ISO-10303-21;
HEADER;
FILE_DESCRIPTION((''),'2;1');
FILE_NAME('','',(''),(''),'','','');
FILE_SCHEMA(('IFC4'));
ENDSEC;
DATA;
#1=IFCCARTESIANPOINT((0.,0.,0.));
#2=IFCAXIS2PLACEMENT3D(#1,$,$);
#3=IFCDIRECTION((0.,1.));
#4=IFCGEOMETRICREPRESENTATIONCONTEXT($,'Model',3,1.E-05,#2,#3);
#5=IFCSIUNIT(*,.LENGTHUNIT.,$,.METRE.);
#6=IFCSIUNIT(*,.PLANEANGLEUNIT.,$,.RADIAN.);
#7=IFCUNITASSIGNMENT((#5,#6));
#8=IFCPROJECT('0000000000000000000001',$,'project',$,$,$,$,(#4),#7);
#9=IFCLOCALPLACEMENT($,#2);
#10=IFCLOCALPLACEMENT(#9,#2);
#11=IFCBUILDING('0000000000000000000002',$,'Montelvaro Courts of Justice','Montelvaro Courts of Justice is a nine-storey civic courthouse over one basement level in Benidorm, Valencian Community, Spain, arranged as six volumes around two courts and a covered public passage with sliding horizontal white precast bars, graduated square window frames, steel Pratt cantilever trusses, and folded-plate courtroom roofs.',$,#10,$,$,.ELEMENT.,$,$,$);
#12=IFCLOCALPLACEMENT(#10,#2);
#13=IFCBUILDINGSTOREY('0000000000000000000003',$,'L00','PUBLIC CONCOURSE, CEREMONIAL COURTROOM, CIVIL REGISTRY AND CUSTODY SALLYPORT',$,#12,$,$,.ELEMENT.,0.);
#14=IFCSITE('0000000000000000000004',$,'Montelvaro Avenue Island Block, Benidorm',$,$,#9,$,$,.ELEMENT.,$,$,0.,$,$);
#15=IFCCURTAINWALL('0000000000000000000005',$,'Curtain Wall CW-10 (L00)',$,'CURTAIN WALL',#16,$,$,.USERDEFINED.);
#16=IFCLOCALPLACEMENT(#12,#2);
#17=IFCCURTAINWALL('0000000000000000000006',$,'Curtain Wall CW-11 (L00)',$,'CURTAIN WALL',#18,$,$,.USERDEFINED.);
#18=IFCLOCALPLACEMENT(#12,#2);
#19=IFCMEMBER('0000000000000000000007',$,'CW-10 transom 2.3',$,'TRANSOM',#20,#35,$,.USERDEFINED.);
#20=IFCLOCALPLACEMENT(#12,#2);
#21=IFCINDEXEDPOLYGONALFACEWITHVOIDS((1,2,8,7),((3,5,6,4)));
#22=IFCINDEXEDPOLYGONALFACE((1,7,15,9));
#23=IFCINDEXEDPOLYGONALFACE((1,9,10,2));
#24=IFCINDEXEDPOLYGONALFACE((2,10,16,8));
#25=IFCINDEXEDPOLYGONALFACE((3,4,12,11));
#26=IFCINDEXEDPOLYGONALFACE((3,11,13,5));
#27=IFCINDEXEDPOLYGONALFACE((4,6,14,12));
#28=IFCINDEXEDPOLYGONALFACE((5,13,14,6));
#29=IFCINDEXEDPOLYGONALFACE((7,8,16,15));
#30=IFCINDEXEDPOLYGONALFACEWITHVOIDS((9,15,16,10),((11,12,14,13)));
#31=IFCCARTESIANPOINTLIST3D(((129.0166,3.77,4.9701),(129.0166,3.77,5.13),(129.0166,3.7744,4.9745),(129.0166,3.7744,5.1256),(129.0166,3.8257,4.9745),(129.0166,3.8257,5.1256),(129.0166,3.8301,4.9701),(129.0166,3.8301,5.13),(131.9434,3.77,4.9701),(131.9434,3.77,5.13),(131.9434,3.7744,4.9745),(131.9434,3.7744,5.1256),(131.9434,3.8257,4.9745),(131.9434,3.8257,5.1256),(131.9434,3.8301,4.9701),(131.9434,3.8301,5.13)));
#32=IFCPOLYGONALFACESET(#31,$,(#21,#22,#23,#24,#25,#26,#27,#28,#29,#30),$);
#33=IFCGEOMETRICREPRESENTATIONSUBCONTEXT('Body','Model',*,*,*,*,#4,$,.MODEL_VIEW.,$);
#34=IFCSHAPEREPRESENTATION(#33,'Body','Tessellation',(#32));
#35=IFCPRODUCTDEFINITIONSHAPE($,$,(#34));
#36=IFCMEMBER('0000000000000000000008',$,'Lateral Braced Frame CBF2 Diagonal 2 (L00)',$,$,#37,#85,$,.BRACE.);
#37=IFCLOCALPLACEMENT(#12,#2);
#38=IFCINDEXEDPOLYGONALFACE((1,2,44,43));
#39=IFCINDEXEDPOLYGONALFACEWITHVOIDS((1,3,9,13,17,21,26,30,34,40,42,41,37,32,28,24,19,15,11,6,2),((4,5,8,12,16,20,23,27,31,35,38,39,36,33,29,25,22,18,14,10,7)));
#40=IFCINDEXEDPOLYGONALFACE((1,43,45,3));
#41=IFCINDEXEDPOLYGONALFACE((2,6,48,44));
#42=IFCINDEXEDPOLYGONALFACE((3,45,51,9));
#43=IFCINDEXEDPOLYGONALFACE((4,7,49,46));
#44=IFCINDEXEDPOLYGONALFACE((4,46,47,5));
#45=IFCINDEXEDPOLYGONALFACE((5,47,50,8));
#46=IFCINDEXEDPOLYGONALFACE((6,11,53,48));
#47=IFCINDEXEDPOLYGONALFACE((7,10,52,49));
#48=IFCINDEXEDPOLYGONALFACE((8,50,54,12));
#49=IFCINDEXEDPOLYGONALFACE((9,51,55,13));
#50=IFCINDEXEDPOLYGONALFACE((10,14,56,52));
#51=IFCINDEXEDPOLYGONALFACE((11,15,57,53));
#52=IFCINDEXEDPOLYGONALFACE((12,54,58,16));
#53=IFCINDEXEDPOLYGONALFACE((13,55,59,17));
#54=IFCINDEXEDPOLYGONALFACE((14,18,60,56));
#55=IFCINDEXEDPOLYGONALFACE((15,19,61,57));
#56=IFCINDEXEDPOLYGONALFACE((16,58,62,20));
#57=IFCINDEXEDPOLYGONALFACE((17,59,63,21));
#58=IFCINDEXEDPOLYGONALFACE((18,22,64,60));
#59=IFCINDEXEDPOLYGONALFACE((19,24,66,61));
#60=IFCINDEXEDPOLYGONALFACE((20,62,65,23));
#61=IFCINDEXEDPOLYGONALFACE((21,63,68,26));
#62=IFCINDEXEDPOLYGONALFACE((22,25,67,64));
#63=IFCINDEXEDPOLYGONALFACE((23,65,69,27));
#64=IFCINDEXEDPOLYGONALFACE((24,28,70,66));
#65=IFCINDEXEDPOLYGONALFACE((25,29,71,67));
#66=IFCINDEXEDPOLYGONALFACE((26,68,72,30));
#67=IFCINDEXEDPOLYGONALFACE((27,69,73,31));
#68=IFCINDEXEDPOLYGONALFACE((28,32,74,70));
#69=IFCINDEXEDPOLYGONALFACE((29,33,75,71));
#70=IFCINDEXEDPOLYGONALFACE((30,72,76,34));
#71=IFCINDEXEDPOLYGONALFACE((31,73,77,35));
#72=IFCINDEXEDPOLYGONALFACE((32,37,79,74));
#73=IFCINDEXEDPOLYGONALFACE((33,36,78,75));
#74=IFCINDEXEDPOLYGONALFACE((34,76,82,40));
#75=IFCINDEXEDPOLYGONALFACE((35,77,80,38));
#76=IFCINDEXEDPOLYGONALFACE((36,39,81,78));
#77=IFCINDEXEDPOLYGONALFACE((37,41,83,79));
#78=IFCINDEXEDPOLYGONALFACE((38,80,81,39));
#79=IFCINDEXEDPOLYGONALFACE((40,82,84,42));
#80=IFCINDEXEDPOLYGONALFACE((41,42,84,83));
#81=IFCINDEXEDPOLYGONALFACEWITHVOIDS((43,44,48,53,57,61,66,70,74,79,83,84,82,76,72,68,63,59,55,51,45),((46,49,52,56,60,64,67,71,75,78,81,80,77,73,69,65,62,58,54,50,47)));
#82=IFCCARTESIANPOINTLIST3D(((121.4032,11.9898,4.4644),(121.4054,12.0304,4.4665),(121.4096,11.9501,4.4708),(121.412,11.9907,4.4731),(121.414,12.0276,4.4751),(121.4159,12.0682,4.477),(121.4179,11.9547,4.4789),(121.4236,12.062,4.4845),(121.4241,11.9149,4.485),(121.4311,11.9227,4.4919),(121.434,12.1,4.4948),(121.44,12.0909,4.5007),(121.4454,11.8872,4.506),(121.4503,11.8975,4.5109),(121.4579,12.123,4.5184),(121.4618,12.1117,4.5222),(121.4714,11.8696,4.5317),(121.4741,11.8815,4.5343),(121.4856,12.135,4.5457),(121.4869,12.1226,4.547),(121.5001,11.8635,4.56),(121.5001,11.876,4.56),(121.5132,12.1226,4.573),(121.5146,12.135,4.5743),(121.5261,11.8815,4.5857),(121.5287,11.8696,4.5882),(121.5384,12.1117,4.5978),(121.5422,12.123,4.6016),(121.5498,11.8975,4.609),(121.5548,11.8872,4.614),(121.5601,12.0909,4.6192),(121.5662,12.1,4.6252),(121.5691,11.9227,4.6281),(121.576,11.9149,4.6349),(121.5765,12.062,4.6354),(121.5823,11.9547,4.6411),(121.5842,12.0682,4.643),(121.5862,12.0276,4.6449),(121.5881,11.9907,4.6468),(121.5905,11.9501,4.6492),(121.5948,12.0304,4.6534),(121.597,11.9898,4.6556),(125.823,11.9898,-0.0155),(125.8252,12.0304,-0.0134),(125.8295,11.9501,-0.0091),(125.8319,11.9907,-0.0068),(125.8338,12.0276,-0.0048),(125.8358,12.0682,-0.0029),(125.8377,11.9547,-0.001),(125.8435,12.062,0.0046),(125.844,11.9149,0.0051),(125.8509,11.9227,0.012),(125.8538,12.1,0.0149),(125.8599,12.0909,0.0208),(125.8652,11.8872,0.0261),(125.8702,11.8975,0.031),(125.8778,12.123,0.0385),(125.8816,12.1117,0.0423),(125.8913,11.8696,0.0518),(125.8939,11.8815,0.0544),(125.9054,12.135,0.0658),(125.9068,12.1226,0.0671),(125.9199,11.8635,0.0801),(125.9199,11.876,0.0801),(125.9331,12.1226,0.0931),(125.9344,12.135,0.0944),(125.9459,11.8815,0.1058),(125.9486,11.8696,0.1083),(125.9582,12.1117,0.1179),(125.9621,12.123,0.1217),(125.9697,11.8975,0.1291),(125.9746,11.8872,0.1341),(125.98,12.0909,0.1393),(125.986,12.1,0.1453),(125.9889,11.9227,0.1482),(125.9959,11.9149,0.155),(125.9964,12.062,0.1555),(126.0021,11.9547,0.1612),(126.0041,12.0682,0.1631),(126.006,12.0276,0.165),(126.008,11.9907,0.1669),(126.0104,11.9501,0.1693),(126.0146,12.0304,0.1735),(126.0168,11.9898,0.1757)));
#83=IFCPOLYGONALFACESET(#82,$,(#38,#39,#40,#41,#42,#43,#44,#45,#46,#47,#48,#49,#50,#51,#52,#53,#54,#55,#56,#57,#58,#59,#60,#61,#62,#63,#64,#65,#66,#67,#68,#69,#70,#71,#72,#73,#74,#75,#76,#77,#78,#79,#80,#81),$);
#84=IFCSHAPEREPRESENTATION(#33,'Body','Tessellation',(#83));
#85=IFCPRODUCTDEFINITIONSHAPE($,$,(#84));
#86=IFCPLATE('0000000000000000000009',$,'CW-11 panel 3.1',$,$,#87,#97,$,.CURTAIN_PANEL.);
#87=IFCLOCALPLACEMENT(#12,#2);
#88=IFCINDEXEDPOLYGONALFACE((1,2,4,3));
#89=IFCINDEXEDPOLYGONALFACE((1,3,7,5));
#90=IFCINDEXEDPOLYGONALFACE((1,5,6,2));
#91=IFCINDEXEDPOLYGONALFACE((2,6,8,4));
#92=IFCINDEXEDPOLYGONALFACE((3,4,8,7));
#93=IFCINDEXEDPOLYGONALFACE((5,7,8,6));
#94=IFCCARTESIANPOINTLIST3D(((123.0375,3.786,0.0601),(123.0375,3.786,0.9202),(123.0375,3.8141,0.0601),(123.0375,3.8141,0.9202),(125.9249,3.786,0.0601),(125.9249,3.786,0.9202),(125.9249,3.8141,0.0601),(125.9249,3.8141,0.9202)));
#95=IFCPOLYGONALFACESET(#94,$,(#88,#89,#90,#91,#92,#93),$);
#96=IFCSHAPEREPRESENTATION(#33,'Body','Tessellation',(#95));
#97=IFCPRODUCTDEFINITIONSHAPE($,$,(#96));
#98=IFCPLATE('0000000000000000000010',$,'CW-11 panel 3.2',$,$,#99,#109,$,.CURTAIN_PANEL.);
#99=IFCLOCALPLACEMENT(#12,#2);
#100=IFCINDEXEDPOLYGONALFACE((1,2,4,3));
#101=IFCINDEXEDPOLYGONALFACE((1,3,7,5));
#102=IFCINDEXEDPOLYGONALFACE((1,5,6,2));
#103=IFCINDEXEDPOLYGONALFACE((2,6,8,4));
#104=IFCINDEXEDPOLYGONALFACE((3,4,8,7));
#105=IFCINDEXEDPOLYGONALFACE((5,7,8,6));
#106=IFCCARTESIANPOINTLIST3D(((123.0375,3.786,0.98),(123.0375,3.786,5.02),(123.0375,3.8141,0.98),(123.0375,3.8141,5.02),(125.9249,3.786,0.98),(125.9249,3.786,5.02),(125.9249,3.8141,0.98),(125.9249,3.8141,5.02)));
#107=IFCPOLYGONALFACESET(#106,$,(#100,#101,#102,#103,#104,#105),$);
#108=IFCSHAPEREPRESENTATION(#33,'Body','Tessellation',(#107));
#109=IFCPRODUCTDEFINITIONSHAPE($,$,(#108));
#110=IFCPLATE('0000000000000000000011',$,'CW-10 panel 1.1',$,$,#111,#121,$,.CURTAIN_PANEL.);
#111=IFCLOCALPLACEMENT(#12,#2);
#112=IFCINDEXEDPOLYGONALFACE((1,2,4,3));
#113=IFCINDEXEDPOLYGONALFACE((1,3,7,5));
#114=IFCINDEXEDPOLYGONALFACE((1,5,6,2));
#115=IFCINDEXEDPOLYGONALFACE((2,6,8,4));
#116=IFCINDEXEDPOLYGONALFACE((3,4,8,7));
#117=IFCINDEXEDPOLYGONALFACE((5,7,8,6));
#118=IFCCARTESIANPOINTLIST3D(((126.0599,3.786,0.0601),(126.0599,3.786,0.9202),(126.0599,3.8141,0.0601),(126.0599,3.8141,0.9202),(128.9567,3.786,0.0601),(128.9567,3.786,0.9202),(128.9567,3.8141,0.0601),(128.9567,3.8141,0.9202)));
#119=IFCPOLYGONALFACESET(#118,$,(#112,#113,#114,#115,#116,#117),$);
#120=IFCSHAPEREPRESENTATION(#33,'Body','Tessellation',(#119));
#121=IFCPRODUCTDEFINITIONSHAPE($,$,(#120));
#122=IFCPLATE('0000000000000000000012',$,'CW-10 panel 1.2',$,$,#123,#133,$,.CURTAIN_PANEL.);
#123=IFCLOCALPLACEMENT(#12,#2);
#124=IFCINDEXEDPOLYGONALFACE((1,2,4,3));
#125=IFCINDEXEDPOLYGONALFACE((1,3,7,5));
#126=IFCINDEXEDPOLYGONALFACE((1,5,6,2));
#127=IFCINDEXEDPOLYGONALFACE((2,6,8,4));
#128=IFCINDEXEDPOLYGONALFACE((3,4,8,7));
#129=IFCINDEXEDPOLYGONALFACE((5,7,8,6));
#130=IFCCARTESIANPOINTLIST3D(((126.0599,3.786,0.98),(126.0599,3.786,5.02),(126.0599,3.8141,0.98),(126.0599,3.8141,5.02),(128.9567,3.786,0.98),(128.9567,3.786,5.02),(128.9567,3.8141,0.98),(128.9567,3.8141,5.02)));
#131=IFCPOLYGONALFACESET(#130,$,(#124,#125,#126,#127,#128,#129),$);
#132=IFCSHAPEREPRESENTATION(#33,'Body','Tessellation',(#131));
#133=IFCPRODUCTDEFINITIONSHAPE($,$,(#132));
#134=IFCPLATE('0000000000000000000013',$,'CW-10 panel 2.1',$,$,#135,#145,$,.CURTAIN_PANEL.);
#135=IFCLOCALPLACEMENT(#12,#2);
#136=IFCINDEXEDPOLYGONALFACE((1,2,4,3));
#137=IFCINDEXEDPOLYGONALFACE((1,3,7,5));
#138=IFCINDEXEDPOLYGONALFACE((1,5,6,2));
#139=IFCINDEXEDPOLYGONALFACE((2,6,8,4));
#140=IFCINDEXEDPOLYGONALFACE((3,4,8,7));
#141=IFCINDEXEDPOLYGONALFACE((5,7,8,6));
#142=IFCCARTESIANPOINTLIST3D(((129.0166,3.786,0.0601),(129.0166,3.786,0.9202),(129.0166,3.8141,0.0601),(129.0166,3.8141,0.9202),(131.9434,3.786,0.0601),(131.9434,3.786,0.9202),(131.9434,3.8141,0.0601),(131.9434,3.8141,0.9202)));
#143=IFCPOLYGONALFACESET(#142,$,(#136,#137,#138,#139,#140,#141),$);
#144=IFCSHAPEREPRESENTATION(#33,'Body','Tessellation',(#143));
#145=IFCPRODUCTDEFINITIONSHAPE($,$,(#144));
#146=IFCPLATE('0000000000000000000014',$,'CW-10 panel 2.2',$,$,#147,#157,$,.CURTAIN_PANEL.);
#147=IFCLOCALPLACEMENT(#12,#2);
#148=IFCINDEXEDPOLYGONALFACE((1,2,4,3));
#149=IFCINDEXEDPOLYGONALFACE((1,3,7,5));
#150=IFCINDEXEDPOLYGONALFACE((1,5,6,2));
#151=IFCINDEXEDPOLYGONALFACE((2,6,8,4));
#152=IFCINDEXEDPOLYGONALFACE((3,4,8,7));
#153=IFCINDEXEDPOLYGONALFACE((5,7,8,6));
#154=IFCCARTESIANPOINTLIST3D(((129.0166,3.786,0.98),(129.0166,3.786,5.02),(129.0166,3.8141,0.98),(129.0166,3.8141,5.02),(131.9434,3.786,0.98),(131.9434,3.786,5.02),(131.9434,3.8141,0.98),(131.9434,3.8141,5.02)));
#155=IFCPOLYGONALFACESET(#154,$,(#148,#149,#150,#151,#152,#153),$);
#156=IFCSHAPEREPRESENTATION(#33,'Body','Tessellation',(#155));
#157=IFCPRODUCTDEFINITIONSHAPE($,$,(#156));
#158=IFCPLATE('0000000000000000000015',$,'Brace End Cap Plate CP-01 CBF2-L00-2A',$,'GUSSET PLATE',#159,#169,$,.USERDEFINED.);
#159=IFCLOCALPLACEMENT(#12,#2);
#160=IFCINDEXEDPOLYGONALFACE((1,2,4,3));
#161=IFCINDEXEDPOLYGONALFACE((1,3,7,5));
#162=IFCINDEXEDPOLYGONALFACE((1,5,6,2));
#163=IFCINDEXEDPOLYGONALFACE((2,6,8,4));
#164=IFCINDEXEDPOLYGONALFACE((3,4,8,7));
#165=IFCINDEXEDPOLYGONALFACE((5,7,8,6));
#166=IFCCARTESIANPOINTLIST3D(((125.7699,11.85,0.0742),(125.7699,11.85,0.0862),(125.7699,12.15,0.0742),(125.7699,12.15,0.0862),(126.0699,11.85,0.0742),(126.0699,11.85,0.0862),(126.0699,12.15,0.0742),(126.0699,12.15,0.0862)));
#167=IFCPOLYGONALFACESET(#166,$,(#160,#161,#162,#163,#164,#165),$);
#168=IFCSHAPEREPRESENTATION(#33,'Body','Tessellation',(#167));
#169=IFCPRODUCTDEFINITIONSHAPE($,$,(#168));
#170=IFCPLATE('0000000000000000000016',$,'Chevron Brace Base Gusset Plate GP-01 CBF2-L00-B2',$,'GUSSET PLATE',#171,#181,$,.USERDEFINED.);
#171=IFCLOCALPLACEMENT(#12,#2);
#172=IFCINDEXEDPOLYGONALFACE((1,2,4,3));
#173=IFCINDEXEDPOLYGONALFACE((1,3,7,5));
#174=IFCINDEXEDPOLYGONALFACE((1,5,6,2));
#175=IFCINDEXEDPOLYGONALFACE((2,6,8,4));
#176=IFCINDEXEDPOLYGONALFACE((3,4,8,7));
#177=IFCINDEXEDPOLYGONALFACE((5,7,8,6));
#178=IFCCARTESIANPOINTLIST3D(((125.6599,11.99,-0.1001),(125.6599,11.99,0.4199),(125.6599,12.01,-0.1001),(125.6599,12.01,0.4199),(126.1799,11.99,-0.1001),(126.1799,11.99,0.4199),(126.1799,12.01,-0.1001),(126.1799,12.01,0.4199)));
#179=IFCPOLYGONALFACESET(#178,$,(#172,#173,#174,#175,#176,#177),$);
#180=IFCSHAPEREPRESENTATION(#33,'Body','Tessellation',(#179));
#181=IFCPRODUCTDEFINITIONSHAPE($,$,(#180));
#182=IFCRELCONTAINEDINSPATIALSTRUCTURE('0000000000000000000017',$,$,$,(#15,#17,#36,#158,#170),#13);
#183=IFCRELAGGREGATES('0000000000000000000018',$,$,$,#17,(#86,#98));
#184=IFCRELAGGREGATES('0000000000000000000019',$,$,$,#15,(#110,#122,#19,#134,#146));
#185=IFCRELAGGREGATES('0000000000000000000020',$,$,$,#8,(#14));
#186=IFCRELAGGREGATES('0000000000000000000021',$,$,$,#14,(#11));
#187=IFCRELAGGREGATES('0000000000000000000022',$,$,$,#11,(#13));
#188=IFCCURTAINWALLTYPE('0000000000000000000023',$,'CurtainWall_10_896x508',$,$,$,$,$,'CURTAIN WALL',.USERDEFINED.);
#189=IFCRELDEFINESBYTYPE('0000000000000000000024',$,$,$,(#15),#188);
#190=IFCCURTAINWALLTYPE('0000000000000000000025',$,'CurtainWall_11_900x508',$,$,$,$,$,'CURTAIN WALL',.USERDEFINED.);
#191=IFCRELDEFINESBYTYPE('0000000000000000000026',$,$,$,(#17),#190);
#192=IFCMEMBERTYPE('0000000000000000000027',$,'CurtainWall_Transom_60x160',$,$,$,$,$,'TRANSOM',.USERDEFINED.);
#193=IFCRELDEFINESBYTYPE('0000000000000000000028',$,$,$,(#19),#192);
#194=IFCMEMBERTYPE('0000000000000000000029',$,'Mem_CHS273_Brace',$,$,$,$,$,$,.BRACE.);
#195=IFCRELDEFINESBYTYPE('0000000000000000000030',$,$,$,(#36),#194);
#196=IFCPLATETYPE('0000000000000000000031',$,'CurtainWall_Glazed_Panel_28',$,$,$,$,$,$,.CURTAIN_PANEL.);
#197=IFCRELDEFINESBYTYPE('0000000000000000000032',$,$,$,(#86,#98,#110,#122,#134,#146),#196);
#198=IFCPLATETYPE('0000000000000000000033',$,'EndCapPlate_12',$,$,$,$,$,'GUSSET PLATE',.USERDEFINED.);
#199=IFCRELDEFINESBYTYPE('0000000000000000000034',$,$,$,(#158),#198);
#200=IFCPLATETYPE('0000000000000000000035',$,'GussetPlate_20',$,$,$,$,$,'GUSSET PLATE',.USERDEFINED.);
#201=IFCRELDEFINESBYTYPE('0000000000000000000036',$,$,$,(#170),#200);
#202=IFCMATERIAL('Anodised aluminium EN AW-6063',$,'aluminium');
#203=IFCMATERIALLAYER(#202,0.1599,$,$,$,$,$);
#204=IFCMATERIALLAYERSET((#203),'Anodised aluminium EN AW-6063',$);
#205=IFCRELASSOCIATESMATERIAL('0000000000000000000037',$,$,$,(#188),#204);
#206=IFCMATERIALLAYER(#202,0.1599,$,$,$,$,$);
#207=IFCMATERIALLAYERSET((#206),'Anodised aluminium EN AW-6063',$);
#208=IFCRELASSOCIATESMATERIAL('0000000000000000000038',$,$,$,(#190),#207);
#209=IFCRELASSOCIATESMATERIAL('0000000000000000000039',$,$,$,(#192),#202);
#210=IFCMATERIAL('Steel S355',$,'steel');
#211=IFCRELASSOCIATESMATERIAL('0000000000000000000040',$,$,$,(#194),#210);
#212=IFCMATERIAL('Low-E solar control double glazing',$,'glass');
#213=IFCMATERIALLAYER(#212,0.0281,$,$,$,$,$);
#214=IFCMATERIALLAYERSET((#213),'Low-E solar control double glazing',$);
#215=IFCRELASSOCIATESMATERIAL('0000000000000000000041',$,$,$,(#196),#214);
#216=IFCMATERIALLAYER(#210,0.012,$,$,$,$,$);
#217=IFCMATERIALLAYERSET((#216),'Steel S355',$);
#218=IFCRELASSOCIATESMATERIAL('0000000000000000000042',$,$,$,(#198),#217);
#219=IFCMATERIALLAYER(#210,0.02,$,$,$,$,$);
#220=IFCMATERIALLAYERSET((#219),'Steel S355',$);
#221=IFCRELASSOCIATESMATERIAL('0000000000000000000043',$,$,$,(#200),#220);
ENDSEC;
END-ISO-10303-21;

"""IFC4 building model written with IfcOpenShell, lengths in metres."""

from ifc_helpers import new_model, si_unit, direction, frame, origin, origin_2d, place, context, subcontext, project, spatial, rectangle, hollow_rectangle, hollow_circle, extrude, material, layer, layer_set, material_profile, profile_set, type_object, element, aggregate, save


model = new_model("IFC4")

# Units and contexts
model_context = context("Model", 3, precision=1e-05, world=origin(), true_north=direction((0.0, 1.0)))
body_context = subcontext(model_context, "Body", "Model", "MODEL_VIEW")
ifc_project = project(units=[si_unit("LENGTHUNIT", "METRE"), si_unit("PLANEANGLEUNIT", "RADIAN")], contexts=[model_context])

# Site, building, storey
site_placement = place(None, origin())
site = spatial("IfcSite", under=ifc_project, at=site_placement, Name="Montelvaro Avenue Island Block, Benidorm", CompositionType="ELEMENT", RefElevation=0.0)
building_placement = place(site_placement, origin())
building = spatial("IfcBuilding", under=site, at=building_placement, Name="Montelvaro Courts of Justice", Description="Montelvaro Courts of Justice is a nine-storey civic courthouse over one basement level in Benidorm, Valencian Community, Spain, arranged as six volumes around two courts and a covered public passage with sliding horizontal white precast bars, graduated square window frames, steel Pratt cantilever trusses, and folded-plate courtroom roofs.", CompositionType="ELEMENT")
storey_placement = place(building_placement, origin())
storey = spatial("IfcBuildingStorey", under=building, at=storey_placement, Name="L00", Description="PUBLIC CONCOURSE, CEREMONIAL COURTROOM, CIVIL REGISTRY AND CUSTODY SALLYPORT", CompositionType="ELEMENT", Elevation=0.0)

# Shared definitions
ifc_material_1 = material(Name="Steel S355", Category="steel")

# Curtain walls
ifc_material_2 = material(Name="Anodised aluminium EN AW-6063", Category="aluminium")
ifc_layer_1 = layer(ifc_material_2, 0.1599)
ifc_layer_set_1 = layer_set([ifc_layer_1], Name="Anodised aluminium EN AW-6063")
curtain_wall_type_1 = type_object("IfcCurtainWallType", Name="CurtainWall_10_896x508", ElementType="CURTAIN WALL", PredefinedType="USERDEFINED", material=ifc_layer_set_1)
curtain_wall_1_placement = place(storey_placement, origin())
curtain_wall_1 = element("IfcCurtainWall", 1, at=curtain_wall_1_placement, inside=storey, type_object=curtain_wall_type_1, Name="Curtain Wall CW-10 (L00)", ObjectType="CURTAIN WALL", PredefinedType="USERDEFINED")
ifc_layer_2 = layer(ifc_material_2, 0.1599)
ifc_layer_set_2 = layer_set([ifc_layer_2], Name="Anodised aluminium EN AW-6063")
curtain_wall_type_2 = type_object("IfcCurtainWallType", Name="CurtainWall_11_900x508", ElementType="CURTAIN WALL", PredefinedType="USERDEFINED", material=ifc_layer_set_2)
curtain_wall_2_placement = place(storey_placement, origin())
curtain_wall_2 = element("IfcCurtainWall", 2, at=curtain_wall_2_placement, inside=storey, type_object=curtain_wall_type_2, Name="Curtain Wall CW-11 (L00)", ObjectType="CURTAIN WALL", PredefinedType="USERDEFINED")

# Members
ifc_material_profile_1 = material_profile(ifc_material_2, hollow_rectangle(XDim=0.0601, YDim=0.1599, WallThickness=0.0044, at=origin_2d()), Name="ALU-T 60x160")
ifc_profile_set_1 = profile_set([ifc_material_profile_1], Name="Anodised aluminium EN AW-6063")
member_type_1 = type_object("IfcMemberType", Name="CurtainWall_Transom_60x160", ElementType="TRANSOM", PredefinedType="USERDEFINED", material=ifc_profile_set_1)
member_1_placement = place(storey_placement, frame((129.0166, 3.8, 5.05), z_axis=(1.0, 0.0, 0.0), x_axis=(0.0, 1.0, 0.0)))
member_1 = element("IfcMember", 3, at=member_1_placement, type_object=member_type_1, Name="CW-10 transom 2.3", ObjectType="TRANSOM", PredefinedType="USERDEFINED", context=body_context, shape_type="SweptSolid", body=[
    extrude(hollow_rectangle(XDim=0.0601, YDim=0.1599, WallThickness=0.0044, at=origin_2d()), origin(), (0.0, 0.0, 1.0), 2.9268),
])
ifc_material_profile_2 = material_profile(ifc_material_1, hollow_circle(Radius=0.1365, WallThickness=0.0125, at=origin_2d()), Name="CHS 273x12.5")
ifc_profile_set_2 = profile_set([ifc_material_profile_2], Name="Steel S355")
member_type_2 = type_object("IfcMemberType", Name="Mem_CHS273_Brace", PredefinedType="BRACE", material=ifc_profile_set_2)
member_2_placement = place(storey_placement, frame((125.9199, 12.0, 0.0801), z_axis=(-0.702319, 0.0, 0.711862), x_axis=(0.0, -1.0, 0.0)))
element("IfcMember", 4, at=member_2_placement, inside=storey, type_object=member_type_2, Name="Lateral Braced Frame CBF2 Diagonal 2 (L00)", PredefinedType="BRACE", context=body_context, shape_type="SweptSolid", body=[
    extrude(hollow_circle(Radius=0.1365, WallThickness=0.0125, at=origin_2d()), origin(), (0.0, 0.0, 1.0), 6.2932),
])

# Plates
ifc_material_3 = material(Name="Low-E solar control double glazing", Category="glass")
ifc_layer_3 = layer(ifc_material_3, 0.0281)
ifc_layer_set_3 = layer_set([ifc_layer_3], Name="Low-E solar control double glazing")
plate_type_1 = type_object("IfcPlateType", Name="CurtainWall_Glazed_Panel_28", PredefinedType="CURTAIN_PANEL", material=ifc_layer_set_3)
plate_1_placement = place(storey_placement, frame((124.4812, 3.8, 0.0601), z_axis=(0.0, 0.0, 1.0), x_axis=(1.0, 0.0, 0.0)))
plate_1 = element("IfcPlate", 5, at=plate_1_placement, type_object=plate_type_1, Name="CW-11 panel 3.1", PredefinedType="CURTAIN_PANEL", context=body_context, shape_type="SweptSolid", body=[
    extrude(rectangle(XDim=2.8875, YDim=0.0281, at=origin_2d()), origin(), (0.0, 0.0, 1.0), 0.8601),
])
plate_2_placement = place(storey_placement, frame((124.4812, 3.8, 0.98), z_axis=(0.0, 0.0, 1.0), x_axis=(1.0, 0.0, 0.0)))
plate_2 = element("IfcPlate", 6, at=plate_2_placement, type_object=plate_type_1, Name="CW-11 panel 3.2", PredefinedType="CURTAIN_PANEL", context=body_context, shape_type="SweptSolid", body=[
    extrude(rectangle(XDim=2.8875, YDim=0.0281, at=origin_2d()), origin(), (0.0, 0.0, 1.0), 4.04),
])
aggregate(curtain_wall_2, [plate_1, plate_2])
plate_3_placement = place(storey_placement, frame((127.5083, 3.8, 0.0601), z_axis=(0.0, 0.0, 1.0), x_axis=(1.0, 0.0, 0.0)))
plate_3 = element("IfcPlate", 7, at=plate_3_placement, type_object=plate_type_1, Name="CW-10 panel 1.1", PredefinedType="CURTAIN_PANEL", context=body_context, shape_type="SweptSolid", body=[
    extrude(rectangle(XDim=2.8967, YDim=0.0281, at=origin_2d()), origin(), (0.0, 0.0, 1.0), 0.8601),
])
plate_4_placement = place(storey_placement, frame((127.5083, 3.8, 0.98), z_axis=(0.0, 0.0, 1.0), x_axis=(1.0, 0.0, 0.0)))
plate_4 = element("IfcPlate", 8, at=plate_4_placement, type_object=plate_type_1, Name="CW-10 panel 1.2", PredefinedType="CURTAIN_PANEL", context=body_context, shape_type="SweptSolid", body=[
    extrude(rectangle(XDim=2.8967, YDim=0.0281, at=origin_2d()), origin(), (0.0, 0.0, 1.0), 4.04),
])
plate_5_placement = place(storey_placement, frame((130.48, 3.8, 0.0601), z_axis=(0.0, 0.0, 1.0), x_axis=(1.0, 0.0, 0.0)))
plate_5 = element("IfcPlate", 9, at=plate_5_placement, type_object=plate_type_1, Name="CW-10 panel 2.1", PredefinedType="CURTAIN_PANEL", context=body_context, shape_type="SweptSolid", body=[
    extrude(rectangle(XDim=2.9268, YDim=0.0281, at=origin_2d()), origin(), (0.0, 0.0, 1.0), 0.8601),
])
plate_6_placement = place(storey_placement, frame((130.48, 3.8, 0.98), z_axis=(0.0, 0.0, 1.0), x_axis=(1.0, 0.0, 0.0)))
plate_6 = element("IfcPlate", 10, at=plate_6_placement, type_object=plate_type_1, Name="CW-10 panel 2.2", PredefinedType="CURTAIN_PANEL", context=body_context, shape_type="SweptSolid", body=[
    extrude(rectangle(XDim=2.9268, YDim=0.0281, at=origin_2d()), origin(), (0.0, 0.0, 1.0), 4.04),
])
aggregate(curtain_wall_1, [plate_3, plate_4, member_1, plate_5, plate_6])

# Plates
ifc_layer_4 = layer(ifc_material_1, 0.012)
ifc_layer_set_4 = layer_set([ifc_layer_4], Name="Steel S355")
plate_type_2 = type_object("IfcPlateType", Name="EndCapPlate_12", ElementType="GUSSET PLATE", PredefinedType="USERDEFINED", material=ifc_layer_set_4)
plate_7_placement = place(storey_placement, frame((125.9199, 12.0, 0.0742), z_axis=(0.0, 0.0, 1.0), x_axis=(1.0, 0.0, 0.0)))
element("IfcPlate", 11, at=plate_7_placement, inside=storey, type_object=plate_type_2, Name="Brace End Cap Plate CP-01 CBF2-L00-2A", ObjectType="GUSSET PLATE", PredefinedType="USERDEFINED", context=body_context, shape_type="SweptSolid", body=[
    extrude(rectangle(XDim=0.3, YDim=0.3, at=origin_2d()), origin(), (0.0, 0.0, 1.0), 0.012),
])
ifc_layer_5 = layer(ifc_material_1, 0.02)
ifc_layer_set_5 = layer_set([ifc_layer_5], Name="Steel S355")
plate_type_3 = type_object("IfcPlateType", Name="GussetPlate_20", ElementType="GUSSET PLATE", PredefinedType="USERDEFINED", material=ifc_layer_set_5)
plate_8_placement = place(storey_placement, frame((125.9199, 12.0, -0.1001), z_axis=(0.0, 0.0, 1.0), x_axis=(1.0, 0.0, 0.0)))
element("IfcPlate", 12, at=plate_8_placement, inside=storey, type_object=plate_type_3, Name="Chevron Brace Base Gusset Plate GP-01 CBF2-L00-B2", ObjectType="GUSSET PLATE", PredefinedType="USERDEFINED", context=body_context, shape_type="SweptSolid", body=[
    extrude(rectangle(XDim=0.52, YDim=0.02, at=origin_2d()), origin(), (0.0, 0.0, 1.0), 0.52),
])

save(model, "model.ifc")
